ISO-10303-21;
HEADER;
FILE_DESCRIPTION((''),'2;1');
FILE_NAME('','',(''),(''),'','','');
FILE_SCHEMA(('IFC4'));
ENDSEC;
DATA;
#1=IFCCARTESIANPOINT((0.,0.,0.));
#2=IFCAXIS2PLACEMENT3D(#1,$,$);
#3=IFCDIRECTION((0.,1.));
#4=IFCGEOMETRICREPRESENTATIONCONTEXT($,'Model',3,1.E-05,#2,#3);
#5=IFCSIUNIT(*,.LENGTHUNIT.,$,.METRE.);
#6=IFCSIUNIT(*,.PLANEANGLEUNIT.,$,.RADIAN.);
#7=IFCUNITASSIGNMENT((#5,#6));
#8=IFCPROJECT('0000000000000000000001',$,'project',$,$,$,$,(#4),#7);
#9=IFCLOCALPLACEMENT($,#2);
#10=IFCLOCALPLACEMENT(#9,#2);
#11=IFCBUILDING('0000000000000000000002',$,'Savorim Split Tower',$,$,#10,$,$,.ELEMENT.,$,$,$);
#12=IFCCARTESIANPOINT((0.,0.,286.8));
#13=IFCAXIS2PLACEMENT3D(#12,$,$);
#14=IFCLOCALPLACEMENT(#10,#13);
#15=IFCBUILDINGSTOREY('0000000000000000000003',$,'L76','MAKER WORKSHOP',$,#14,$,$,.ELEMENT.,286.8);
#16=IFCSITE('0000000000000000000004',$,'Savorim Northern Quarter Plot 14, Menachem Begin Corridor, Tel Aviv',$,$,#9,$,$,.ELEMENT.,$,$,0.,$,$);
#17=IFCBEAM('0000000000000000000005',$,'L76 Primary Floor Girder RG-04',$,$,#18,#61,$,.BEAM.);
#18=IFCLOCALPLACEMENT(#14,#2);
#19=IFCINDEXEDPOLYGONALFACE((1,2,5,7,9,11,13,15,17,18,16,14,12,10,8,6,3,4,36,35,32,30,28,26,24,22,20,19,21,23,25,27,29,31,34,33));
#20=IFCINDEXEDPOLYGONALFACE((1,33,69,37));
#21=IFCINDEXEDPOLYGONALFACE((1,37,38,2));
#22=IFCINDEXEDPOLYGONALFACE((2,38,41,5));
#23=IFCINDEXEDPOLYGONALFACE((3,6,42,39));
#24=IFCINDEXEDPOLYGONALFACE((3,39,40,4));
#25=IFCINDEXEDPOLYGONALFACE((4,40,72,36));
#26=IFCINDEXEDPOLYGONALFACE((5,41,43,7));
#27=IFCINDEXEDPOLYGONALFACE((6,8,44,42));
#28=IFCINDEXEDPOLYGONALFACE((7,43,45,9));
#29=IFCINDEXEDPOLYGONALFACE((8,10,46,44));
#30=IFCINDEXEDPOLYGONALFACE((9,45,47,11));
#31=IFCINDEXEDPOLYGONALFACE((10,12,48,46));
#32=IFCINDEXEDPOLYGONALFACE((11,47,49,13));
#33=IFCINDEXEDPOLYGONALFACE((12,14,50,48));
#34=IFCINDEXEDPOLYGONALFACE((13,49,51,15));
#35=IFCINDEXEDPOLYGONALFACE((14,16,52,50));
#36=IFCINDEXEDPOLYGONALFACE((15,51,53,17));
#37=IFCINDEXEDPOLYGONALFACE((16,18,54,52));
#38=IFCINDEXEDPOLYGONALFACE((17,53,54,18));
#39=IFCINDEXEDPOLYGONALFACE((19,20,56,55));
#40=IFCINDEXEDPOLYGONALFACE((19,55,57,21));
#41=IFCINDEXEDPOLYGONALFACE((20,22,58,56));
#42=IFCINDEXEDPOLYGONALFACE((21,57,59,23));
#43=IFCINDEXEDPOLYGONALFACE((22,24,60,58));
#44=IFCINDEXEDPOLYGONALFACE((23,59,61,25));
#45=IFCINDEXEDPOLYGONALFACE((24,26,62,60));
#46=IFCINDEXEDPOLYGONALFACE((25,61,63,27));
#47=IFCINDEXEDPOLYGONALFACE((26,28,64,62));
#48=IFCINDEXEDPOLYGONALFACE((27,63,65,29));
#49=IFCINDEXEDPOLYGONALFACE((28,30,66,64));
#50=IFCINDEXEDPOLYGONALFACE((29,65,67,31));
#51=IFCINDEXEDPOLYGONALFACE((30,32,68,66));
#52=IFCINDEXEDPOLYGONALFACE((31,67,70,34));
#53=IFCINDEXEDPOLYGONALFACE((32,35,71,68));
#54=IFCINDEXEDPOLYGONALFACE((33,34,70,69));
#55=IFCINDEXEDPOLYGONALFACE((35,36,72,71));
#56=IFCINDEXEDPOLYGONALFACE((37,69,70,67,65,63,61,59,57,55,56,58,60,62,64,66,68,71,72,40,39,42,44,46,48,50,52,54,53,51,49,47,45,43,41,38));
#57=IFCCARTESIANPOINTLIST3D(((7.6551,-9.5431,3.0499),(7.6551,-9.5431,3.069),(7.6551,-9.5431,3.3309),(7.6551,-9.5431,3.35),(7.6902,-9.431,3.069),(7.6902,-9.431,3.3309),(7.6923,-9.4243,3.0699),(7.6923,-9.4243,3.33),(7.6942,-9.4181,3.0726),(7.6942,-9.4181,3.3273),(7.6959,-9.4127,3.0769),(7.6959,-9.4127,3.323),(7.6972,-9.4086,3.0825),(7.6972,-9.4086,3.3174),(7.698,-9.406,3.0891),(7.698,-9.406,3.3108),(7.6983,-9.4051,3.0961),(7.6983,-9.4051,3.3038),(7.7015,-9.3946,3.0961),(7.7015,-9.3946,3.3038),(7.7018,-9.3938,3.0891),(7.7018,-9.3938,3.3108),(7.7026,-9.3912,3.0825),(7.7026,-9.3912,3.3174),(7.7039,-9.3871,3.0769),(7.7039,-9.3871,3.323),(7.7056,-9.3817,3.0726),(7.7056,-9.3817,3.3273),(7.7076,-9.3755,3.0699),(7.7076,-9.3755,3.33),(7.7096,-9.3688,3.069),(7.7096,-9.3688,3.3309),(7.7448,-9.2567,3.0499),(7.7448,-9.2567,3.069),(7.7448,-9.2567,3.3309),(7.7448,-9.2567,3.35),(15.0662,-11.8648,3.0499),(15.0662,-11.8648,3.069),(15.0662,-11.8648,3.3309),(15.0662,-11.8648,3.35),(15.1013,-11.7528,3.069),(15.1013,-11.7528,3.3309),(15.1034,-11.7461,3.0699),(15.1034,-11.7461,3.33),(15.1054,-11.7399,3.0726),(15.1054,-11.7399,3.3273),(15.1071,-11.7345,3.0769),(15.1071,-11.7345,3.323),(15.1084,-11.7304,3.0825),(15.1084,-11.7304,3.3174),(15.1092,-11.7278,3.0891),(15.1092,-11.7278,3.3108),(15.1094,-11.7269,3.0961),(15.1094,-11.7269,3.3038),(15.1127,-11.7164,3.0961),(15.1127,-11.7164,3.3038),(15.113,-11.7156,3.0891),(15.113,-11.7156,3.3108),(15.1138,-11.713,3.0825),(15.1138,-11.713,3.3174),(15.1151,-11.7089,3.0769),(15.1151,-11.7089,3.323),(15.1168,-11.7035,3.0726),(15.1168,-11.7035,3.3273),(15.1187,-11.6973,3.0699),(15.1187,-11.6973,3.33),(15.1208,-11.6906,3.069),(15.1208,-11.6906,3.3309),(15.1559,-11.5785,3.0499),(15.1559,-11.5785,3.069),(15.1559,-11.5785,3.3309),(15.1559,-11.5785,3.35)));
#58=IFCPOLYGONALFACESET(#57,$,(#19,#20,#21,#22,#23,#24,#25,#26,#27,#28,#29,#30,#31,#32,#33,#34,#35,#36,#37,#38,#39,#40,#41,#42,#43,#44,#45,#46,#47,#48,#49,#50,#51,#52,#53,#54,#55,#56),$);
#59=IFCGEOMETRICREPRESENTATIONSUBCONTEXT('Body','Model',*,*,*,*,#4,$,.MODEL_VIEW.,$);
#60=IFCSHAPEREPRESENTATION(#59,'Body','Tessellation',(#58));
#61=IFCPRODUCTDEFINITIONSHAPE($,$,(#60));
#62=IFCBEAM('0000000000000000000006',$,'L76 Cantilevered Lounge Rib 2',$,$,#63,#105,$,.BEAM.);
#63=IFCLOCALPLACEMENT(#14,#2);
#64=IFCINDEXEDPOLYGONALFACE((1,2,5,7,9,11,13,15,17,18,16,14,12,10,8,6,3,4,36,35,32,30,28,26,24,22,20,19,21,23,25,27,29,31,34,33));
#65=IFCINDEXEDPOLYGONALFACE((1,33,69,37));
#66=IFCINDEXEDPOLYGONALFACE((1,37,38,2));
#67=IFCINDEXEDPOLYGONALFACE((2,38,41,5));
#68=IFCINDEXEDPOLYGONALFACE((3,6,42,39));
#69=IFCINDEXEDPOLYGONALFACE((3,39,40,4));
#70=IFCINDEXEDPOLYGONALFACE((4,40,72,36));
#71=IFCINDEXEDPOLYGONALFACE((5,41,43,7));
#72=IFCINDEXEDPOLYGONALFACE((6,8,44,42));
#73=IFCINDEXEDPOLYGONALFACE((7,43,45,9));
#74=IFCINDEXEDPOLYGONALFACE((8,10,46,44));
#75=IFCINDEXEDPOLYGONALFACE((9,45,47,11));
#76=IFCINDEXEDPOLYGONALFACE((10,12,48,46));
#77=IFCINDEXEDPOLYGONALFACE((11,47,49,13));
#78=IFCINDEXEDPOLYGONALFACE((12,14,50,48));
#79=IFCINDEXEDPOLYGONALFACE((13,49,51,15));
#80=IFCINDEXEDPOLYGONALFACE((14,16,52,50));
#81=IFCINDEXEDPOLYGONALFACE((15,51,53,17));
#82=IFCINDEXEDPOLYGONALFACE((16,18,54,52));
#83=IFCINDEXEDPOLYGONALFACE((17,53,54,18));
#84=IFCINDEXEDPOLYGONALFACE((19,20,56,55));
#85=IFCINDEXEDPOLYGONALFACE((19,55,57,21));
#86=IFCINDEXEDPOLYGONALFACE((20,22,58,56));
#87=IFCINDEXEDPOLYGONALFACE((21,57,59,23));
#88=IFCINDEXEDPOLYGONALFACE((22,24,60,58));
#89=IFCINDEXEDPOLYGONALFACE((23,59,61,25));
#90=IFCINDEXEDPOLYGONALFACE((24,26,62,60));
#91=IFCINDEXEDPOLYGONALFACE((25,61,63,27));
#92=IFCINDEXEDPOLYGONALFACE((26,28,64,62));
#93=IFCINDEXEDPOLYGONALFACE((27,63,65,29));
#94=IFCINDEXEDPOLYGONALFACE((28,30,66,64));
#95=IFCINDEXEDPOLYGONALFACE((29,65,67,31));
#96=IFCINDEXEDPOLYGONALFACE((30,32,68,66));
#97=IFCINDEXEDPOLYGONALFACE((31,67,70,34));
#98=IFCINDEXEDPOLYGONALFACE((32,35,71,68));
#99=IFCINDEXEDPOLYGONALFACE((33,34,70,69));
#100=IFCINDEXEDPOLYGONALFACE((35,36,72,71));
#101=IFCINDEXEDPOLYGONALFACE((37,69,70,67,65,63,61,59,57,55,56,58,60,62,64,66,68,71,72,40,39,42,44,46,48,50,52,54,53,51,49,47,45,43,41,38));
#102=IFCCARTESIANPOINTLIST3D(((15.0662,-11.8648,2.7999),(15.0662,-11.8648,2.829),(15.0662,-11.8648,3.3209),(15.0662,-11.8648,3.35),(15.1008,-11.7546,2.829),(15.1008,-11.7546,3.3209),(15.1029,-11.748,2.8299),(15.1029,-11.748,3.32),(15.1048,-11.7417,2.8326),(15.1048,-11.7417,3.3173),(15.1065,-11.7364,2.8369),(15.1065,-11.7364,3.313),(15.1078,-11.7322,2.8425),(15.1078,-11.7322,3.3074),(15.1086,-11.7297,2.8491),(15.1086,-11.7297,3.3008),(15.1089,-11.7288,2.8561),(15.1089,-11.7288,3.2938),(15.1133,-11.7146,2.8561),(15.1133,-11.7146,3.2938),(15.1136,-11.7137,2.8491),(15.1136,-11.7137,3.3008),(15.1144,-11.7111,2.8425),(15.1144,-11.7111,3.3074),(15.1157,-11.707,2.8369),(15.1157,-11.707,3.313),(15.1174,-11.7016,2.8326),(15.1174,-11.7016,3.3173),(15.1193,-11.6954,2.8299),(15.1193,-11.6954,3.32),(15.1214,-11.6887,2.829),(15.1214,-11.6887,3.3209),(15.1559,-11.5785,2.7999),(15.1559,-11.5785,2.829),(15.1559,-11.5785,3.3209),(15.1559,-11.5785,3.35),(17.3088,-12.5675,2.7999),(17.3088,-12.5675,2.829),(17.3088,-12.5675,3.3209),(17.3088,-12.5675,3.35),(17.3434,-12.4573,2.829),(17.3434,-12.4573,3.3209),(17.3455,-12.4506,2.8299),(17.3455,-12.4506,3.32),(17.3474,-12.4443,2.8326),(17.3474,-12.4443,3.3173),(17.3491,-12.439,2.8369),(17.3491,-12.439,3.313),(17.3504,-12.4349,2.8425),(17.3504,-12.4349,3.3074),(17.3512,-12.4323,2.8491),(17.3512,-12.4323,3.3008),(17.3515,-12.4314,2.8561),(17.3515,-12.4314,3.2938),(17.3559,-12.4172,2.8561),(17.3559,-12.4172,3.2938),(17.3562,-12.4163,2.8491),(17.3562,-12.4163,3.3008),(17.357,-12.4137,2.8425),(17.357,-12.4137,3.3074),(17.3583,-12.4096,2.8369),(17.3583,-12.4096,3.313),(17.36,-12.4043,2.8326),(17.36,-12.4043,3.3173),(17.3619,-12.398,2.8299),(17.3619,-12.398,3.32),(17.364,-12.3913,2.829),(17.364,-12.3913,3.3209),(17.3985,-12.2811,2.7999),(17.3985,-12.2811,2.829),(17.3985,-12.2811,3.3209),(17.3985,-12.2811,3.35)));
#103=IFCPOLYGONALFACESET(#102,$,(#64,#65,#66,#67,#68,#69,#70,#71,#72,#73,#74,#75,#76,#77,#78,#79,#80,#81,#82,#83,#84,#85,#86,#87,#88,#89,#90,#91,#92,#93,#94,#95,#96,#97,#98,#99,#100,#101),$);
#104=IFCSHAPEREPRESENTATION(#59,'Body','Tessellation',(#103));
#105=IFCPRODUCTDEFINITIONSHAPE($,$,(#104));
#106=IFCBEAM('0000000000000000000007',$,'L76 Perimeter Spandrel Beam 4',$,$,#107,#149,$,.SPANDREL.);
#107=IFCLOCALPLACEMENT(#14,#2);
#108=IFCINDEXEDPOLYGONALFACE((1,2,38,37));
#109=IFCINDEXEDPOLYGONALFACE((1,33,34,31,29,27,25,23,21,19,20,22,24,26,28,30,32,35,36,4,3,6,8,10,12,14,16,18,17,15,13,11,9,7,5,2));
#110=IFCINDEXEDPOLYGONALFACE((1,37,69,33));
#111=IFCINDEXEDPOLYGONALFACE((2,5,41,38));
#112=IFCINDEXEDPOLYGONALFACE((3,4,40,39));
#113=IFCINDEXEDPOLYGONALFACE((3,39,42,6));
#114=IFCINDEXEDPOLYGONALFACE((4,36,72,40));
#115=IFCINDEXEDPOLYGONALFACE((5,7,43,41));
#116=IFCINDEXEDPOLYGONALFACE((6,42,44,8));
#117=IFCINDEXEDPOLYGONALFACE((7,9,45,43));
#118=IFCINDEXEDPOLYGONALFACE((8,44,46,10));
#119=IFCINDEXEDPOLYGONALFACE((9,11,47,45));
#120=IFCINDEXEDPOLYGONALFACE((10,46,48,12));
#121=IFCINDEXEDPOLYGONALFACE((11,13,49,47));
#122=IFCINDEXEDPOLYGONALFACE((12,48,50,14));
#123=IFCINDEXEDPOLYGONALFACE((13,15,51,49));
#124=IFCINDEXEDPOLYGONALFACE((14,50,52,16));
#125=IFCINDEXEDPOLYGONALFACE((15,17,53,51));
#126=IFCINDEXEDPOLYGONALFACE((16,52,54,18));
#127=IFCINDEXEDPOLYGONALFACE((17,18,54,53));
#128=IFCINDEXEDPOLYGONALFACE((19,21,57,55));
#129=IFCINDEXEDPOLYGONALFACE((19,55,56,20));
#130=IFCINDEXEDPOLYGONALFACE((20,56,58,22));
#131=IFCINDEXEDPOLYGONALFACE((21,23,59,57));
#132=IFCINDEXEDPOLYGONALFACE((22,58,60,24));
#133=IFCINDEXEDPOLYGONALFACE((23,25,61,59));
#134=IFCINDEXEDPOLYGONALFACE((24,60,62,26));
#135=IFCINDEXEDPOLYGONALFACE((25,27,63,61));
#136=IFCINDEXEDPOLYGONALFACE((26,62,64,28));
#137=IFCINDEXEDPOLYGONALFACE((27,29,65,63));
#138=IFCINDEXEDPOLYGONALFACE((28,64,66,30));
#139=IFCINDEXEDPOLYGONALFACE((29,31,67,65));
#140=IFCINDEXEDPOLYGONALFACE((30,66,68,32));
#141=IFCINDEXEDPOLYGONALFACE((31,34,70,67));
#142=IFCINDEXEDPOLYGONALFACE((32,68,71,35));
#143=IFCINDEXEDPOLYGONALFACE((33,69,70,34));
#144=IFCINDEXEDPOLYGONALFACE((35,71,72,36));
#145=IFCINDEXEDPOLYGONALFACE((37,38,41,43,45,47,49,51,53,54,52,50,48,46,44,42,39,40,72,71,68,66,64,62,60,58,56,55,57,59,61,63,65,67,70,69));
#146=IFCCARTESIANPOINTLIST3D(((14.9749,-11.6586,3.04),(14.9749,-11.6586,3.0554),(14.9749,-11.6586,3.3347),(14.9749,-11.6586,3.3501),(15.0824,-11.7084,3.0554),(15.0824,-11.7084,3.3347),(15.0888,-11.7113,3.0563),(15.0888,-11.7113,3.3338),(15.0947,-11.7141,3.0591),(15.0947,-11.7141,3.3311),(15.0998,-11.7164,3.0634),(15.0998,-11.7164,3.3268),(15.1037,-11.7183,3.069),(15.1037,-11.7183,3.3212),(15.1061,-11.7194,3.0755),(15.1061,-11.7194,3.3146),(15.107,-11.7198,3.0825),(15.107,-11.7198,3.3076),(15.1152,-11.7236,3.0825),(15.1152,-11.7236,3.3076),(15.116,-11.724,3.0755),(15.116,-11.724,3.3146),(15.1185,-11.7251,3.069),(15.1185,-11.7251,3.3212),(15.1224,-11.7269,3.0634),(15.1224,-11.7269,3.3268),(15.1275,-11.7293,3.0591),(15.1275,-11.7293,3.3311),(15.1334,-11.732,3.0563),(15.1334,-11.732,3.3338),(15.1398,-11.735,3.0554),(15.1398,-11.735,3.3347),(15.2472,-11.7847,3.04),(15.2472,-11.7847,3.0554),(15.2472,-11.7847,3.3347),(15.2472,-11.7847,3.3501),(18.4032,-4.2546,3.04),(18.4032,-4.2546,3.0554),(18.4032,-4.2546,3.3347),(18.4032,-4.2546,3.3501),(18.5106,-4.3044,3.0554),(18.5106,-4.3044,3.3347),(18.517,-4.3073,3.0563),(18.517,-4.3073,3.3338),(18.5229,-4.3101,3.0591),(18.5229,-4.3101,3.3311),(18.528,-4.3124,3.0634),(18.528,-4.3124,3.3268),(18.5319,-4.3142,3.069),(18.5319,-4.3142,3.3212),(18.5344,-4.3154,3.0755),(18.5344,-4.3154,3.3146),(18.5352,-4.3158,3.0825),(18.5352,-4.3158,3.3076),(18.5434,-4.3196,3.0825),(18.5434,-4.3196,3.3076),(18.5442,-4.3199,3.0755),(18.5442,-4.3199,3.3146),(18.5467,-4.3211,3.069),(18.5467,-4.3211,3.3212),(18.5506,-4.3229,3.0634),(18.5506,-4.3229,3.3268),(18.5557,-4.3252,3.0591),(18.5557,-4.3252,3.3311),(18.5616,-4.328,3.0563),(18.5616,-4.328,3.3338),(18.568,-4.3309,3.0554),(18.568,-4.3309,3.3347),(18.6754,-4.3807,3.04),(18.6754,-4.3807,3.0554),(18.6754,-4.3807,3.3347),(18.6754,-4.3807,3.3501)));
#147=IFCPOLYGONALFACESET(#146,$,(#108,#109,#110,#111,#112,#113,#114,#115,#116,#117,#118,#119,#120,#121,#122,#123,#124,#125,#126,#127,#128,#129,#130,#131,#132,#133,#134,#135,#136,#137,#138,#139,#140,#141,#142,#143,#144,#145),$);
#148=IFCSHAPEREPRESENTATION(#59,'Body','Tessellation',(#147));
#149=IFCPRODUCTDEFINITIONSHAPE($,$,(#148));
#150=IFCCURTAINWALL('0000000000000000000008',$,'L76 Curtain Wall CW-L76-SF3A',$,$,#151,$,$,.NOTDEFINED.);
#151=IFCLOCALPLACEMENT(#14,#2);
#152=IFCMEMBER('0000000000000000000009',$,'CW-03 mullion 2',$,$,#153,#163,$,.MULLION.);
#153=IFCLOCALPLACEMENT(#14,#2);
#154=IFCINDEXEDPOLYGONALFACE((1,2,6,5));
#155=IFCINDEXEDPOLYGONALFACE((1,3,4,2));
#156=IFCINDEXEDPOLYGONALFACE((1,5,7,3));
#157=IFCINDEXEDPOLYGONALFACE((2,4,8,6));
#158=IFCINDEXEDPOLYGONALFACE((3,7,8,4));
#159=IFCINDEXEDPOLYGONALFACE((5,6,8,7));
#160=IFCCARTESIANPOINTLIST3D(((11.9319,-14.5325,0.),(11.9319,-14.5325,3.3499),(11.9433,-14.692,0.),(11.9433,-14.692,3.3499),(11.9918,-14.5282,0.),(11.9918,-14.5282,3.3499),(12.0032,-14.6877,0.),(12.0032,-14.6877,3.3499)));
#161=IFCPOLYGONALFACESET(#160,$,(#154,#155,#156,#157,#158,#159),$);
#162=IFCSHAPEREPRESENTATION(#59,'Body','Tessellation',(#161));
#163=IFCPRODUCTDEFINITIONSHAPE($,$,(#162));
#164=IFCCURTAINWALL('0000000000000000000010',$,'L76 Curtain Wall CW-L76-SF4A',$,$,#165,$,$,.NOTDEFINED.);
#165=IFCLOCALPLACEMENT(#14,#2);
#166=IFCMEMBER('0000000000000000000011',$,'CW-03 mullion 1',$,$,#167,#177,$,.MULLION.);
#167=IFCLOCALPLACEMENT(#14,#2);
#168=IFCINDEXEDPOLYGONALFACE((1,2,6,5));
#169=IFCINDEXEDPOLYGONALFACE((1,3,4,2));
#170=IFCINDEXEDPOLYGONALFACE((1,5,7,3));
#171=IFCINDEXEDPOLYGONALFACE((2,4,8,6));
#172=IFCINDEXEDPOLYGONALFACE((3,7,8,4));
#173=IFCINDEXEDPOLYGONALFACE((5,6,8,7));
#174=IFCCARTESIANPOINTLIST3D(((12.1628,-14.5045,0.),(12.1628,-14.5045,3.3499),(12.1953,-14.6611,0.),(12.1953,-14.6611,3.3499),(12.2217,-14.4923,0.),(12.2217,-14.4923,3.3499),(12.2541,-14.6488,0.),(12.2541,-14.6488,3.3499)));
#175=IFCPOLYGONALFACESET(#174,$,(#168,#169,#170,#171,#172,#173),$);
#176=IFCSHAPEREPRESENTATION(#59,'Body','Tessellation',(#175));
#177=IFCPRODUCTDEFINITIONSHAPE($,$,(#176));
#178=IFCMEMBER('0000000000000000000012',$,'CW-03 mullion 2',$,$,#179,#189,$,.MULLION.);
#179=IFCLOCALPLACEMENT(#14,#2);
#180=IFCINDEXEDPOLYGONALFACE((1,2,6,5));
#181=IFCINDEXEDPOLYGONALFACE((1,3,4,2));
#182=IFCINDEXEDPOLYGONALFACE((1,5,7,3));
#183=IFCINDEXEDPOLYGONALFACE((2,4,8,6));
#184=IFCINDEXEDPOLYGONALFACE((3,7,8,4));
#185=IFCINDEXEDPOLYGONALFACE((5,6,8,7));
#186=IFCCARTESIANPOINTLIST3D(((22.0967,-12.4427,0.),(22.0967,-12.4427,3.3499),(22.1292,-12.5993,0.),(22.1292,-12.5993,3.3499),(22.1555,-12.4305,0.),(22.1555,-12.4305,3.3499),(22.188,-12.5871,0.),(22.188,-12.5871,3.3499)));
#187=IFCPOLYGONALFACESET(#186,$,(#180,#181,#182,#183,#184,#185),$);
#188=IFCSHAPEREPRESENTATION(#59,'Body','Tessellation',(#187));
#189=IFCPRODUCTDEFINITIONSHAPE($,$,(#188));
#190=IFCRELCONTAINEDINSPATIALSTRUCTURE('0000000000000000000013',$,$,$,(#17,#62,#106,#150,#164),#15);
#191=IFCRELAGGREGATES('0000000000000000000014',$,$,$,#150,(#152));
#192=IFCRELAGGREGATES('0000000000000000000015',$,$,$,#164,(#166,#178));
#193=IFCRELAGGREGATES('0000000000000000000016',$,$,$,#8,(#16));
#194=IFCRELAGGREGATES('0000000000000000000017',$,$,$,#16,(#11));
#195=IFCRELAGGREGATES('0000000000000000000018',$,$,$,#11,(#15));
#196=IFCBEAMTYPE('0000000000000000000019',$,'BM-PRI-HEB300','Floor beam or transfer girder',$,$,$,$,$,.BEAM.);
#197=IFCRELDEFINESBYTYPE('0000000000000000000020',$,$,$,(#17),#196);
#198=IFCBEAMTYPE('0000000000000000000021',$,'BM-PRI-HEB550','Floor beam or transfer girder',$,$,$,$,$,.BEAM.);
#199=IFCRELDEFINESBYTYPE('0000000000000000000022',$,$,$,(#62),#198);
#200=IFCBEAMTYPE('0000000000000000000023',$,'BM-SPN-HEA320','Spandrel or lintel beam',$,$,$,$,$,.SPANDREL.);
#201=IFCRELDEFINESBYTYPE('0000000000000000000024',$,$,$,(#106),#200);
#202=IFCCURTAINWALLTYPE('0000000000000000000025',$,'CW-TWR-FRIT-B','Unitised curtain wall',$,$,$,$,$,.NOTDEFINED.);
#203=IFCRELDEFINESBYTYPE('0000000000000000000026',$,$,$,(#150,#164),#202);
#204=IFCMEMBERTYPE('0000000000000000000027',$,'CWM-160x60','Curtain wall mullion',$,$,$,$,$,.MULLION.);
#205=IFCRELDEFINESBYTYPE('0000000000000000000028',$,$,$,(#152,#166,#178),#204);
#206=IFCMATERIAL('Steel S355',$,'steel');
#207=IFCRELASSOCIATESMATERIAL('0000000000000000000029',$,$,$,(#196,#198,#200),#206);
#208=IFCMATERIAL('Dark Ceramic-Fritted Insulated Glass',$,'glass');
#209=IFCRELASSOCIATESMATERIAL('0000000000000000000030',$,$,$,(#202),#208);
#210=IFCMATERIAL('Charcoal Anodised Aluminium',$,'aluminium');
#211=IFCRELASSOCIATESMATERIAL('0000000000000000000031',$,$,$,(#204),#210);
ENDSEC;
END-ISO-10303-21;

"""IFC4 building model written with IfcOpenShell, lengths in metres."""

from ifc_helpers import new_model, si_unit, direction, frame, origin, origin_2d, place, context, subcontext, project, spatial, rectangle, i_section, extrude, material, material_profile, profile_set, type_object, element, aggregate, save


model = new_model("IFC4")

# Units and contexts
model_context = context("Model", 3, precision=1e-05, world=origin(), true_north=direction((0.0, 1.0)))
body_context = subcontext(model_context, "Body", "Model", "MODEL_VIEW")
ifc_project = project(units=[si_unit("LENGTHUNIT", "METRE"), si_unit("PLANEANGLEUNIT", "RADIAN")], contexts=[model_context])

# Site, building, storey
site_placement = place(None, origin())
site = spatial("IfcSite", under=ifc_project, at=site_placement, Name="Savorim Northern Quarter Plot 14, Menachem Begin Corridor, Tel Aviv", CompositionType="ELEMENT", RefElevation=0.0)
building_placement = place(site_placement, origin())
building = spatial("IfcBuilding", under=site, at=building_placement, Name="Savorim Split Tower", CompositionType="ELEMENT")
storey_placement = place(building_placement, frame((0.0, 0.0, 286.8)))
storey = spatial("IfcBuildingStorey", under=building, at=storey_placement, Name="L76", Description="MAKER WORKSHOP", CompositionType="ELEMENT", Elevation=286.8)

# Shared definitions
ifc_material_1 = material(Name="Steel S355", Category="steel")

# Beams
ifc_material_profile_1 = material_profile(ifc_material_1, i_section(OverallWidth=0.3, OverallDepth=0.3, WebThickness=0.011, FlangeThickness=0.019, FilletRadius=0.0271, at=origin_2d()), Name="HEB 300")
ifc_profile_set_1 = profile_set([ifc_material_profile_1], Name="Steel S355")
beam_type_1 = type_object("IfcBeamType", Name="BM-PRI-HEB300", Description="Floor beam or transfer girder", PredefinedType="BEAM", material=ifc_profile_set_1)
beam_1_placement = place(storey_placement, frame((15.1111, -11.7217, 3.2), z_axis=(-0.954267, 0.298955, 0.0), x_axis=(-0.298955, -0.954267, 0.0)))
element("IfcBeam", 1, at=beam_1_placement, inside=storey, type_object=beam_type_1, Name="L76 Primary Floor Girder RG-04", PredefinedType="BEAM", context=body_context, shape_type="SweptSolid", body=[
    extrude(i_section(OverallWidth=0.3, OverallDepth=0.3, WebThickness=0.011, FlangeThickness=0.019, FilletRadius=0.0271, at=origin_2d()), origin(), (0.0, 0.0, 1.0), 7.7664),
])
ifc_material_profile_2 = material_profile(ifc_material_1, i_section(OverallWidth=0.3, OverallDepth=0.55, WebThickness=0.0149, FlangeThickness=0.0291, FilletRadius=0.0271, at=origin_2d()), Name="HEB 550")
ifc_profile_set_2 = profile_set([ifc_material_profile_2], Name="Steel S355")
beam_type_2 = type_object("IfcBeamType", Name="BM-PRI-HEB550", Description="Floor beam or transfer girder", PredefinedType="BEAM", material=ifc_profile_set_2)
beam_2_placement = place(storey_placement, frame((15.1111, -11.7217, 3.075), z_axis=(0.954262, -0.298973, 0.0), x_axis=(0.298973, 0.954262, 0.0)))
element("IfcBeam", 2, at=beam_2_placement, inside=storey, type_object=beam_type_2, Name="L76 Cantilevered Lounge Rib 2", PredefinedType="BEAM", context=body_context, shape_type="SweptSolid", body=[
    extrude(i_section(OverallWidth=0.3, OverallDepth=0.55, WebThickness=0.0149, FlangeThickness=0.0291, FilletRadius=0.0271, at=origin_2d()), origin(), (0.0, 0.0, 1.0), 2.3501),
])
ifc_material_profile_3 = material_profile(ifc_material_1, i_section(OverallWidth=0.3, OverallDepth=0.3101, WebThickness=0.009, FlangeThickness=0.0154, FilletRadius=0.0271, at=origin_2d()), Name="HEA 320")
ifc_profile_set_3 = profile_set([ifc_material_profile_3], Name="Steel S355")
beam_type_3 = type_object("IfcBeamType", Name="BM-SPN-HEA320", Description="Spandrel or lintel beam", PredefinedType="SPANDREL", material=ifc_profile_set_3)
beam_3_placement = place(storey_placement, frame((15.1111, -11.7217, 3.1951), z_axis=(0.420166, 0.907447, 0.0), x_axis=(-0.907447, 0.420166, 0.0)))
element("IfcBeam", 3, at=beam_3_placement, inside=storey, type_object=beam_type_3, Name="L76 Perimeter Spandrel Beam 4", PredefinedType="SPANDREL", context=body_context, shape_type="SweptSolid", body=[
    extrude(i_section(OverallWidth=0.3, OverallDepth=0.3101, WebThickness=0.009, FlangeThickness=0.0154, FilletRadius=0.0271, at=origin_2d()), origin(), (0.0, 0.0, 1.0), 8.1592),
])

# Curtain wall, member
ifc_material_2 = material(Name="Dark Ceramic-Fritted Insulated Glass", Category="glass")
curtain_wall_type = type_object("IfcCurtainWallType", Name="CW-TWR-FRIT-B", Description="Unitised curtain wall", PredefinedType="NOTDEFINED", material=ifc_material_2)
curtain_wall_1_placement = place(storey_placement, origin())
curtain_wall_1 = element("IfcCurtainWall", 4, at=curtain_wall_1_placement, inside=storey, type_object=curtain_wall_type, Name="L76 Curtain Wall CW-L76-SF3A", PredefinedType="NOTDEFINED")
ifc_material_3 = material(Name="Charcoal Anodised Aluminium", Category="aluminium")
ifc_material_profile_4 = material_profile(ifc_material_3, rectangle(XDim=0.1599, YDim=0.0601, at=origin_2d()), Name="ALU-M 160x60")
ifc_profile_set_4 = profile_set([ifc_material_profile_4], Name="Charcoal Anodised Aluminium")
member_type_1 = type_object("IfcMemberType", Name="CWM-160x60", Description="Curtain wall mullion", PredefinedType="MULLION", material=ifc_profile_set_4)
member_1_placement = place(storey_placement, frame((11.9675, -14.6101, 0.0), z_axis=(0.0, 0.0, 1.0), x_axis=(-0.07155, 0.997437, 0.0)))
member_1 = element("IfcMember", 5, at=member_1_placement, type_object=member_type_1, Name="CW-03 mullion 2", PredefinedType="MULLION", context=body_context, shape_type="SweptSolid", body=[
    extrude(rectangle(XDim=0.1599, YDim=0.0601, at=origin_2d()), origin(), (0.0, 0.0, 1.0), 3.3499),
])
aggregate(curtain_wall_1, [member_1])

# Curtain wall, members
curtain_wall_2_placement = place(storey_placement, origin())
curtain_wall_2 = element("IfcCurtainWall", 6, at=curtain_wall_2_placement, inside=storey, type_object=curtain_wall_type, Name="L76 Curtain Wall CW-L76-SF4A", PredefinedType="NOTDEFINED")
member_2_placement = place(storey_placement, frame((12.2085, -14.5767, 0.0), z_axis=(0.0, 0.0, 1.0), x_axis=(-0.203215, 0.979134, 0.0)))
member_2 = element("IfcMember", 7, at=member_2_placement, type_object=member_type_1, Name="CW-03 mullion 1", PredefinedType="MULLION", context=body_context, shape_type="SweptSolid", body=[
    extrude(rectangle(XDim=0.1599, YDim=0.0601, at=origin_2d()), origin(), (0.0, 0.0, 1.0), 3.3499),
])
member_3_placement = place(storey_placement, frame((22.1423, -12.5149, 0.0), z_axis=(0.0, 0.0, 1.0), x_axis=(-0.203215, 0.979134, 0.0)))
member_3 = element("IfcMember", 8, at=member_3_placement, type_object=member_type_1, Name="CW-03 mullion 2", PredefinedType="MULLION", context=body_context, shape_type="SweptSolid", body=[
    extrude(rectangle(XDim=0.1599, YDim=0.0601, at=origin_2d()), origin(), (0.0, 0.0, 1.0), 3.3499),
])

aggregate(curtain_wall_2, [member_2, member_3])

save(model, "model.ifc")
